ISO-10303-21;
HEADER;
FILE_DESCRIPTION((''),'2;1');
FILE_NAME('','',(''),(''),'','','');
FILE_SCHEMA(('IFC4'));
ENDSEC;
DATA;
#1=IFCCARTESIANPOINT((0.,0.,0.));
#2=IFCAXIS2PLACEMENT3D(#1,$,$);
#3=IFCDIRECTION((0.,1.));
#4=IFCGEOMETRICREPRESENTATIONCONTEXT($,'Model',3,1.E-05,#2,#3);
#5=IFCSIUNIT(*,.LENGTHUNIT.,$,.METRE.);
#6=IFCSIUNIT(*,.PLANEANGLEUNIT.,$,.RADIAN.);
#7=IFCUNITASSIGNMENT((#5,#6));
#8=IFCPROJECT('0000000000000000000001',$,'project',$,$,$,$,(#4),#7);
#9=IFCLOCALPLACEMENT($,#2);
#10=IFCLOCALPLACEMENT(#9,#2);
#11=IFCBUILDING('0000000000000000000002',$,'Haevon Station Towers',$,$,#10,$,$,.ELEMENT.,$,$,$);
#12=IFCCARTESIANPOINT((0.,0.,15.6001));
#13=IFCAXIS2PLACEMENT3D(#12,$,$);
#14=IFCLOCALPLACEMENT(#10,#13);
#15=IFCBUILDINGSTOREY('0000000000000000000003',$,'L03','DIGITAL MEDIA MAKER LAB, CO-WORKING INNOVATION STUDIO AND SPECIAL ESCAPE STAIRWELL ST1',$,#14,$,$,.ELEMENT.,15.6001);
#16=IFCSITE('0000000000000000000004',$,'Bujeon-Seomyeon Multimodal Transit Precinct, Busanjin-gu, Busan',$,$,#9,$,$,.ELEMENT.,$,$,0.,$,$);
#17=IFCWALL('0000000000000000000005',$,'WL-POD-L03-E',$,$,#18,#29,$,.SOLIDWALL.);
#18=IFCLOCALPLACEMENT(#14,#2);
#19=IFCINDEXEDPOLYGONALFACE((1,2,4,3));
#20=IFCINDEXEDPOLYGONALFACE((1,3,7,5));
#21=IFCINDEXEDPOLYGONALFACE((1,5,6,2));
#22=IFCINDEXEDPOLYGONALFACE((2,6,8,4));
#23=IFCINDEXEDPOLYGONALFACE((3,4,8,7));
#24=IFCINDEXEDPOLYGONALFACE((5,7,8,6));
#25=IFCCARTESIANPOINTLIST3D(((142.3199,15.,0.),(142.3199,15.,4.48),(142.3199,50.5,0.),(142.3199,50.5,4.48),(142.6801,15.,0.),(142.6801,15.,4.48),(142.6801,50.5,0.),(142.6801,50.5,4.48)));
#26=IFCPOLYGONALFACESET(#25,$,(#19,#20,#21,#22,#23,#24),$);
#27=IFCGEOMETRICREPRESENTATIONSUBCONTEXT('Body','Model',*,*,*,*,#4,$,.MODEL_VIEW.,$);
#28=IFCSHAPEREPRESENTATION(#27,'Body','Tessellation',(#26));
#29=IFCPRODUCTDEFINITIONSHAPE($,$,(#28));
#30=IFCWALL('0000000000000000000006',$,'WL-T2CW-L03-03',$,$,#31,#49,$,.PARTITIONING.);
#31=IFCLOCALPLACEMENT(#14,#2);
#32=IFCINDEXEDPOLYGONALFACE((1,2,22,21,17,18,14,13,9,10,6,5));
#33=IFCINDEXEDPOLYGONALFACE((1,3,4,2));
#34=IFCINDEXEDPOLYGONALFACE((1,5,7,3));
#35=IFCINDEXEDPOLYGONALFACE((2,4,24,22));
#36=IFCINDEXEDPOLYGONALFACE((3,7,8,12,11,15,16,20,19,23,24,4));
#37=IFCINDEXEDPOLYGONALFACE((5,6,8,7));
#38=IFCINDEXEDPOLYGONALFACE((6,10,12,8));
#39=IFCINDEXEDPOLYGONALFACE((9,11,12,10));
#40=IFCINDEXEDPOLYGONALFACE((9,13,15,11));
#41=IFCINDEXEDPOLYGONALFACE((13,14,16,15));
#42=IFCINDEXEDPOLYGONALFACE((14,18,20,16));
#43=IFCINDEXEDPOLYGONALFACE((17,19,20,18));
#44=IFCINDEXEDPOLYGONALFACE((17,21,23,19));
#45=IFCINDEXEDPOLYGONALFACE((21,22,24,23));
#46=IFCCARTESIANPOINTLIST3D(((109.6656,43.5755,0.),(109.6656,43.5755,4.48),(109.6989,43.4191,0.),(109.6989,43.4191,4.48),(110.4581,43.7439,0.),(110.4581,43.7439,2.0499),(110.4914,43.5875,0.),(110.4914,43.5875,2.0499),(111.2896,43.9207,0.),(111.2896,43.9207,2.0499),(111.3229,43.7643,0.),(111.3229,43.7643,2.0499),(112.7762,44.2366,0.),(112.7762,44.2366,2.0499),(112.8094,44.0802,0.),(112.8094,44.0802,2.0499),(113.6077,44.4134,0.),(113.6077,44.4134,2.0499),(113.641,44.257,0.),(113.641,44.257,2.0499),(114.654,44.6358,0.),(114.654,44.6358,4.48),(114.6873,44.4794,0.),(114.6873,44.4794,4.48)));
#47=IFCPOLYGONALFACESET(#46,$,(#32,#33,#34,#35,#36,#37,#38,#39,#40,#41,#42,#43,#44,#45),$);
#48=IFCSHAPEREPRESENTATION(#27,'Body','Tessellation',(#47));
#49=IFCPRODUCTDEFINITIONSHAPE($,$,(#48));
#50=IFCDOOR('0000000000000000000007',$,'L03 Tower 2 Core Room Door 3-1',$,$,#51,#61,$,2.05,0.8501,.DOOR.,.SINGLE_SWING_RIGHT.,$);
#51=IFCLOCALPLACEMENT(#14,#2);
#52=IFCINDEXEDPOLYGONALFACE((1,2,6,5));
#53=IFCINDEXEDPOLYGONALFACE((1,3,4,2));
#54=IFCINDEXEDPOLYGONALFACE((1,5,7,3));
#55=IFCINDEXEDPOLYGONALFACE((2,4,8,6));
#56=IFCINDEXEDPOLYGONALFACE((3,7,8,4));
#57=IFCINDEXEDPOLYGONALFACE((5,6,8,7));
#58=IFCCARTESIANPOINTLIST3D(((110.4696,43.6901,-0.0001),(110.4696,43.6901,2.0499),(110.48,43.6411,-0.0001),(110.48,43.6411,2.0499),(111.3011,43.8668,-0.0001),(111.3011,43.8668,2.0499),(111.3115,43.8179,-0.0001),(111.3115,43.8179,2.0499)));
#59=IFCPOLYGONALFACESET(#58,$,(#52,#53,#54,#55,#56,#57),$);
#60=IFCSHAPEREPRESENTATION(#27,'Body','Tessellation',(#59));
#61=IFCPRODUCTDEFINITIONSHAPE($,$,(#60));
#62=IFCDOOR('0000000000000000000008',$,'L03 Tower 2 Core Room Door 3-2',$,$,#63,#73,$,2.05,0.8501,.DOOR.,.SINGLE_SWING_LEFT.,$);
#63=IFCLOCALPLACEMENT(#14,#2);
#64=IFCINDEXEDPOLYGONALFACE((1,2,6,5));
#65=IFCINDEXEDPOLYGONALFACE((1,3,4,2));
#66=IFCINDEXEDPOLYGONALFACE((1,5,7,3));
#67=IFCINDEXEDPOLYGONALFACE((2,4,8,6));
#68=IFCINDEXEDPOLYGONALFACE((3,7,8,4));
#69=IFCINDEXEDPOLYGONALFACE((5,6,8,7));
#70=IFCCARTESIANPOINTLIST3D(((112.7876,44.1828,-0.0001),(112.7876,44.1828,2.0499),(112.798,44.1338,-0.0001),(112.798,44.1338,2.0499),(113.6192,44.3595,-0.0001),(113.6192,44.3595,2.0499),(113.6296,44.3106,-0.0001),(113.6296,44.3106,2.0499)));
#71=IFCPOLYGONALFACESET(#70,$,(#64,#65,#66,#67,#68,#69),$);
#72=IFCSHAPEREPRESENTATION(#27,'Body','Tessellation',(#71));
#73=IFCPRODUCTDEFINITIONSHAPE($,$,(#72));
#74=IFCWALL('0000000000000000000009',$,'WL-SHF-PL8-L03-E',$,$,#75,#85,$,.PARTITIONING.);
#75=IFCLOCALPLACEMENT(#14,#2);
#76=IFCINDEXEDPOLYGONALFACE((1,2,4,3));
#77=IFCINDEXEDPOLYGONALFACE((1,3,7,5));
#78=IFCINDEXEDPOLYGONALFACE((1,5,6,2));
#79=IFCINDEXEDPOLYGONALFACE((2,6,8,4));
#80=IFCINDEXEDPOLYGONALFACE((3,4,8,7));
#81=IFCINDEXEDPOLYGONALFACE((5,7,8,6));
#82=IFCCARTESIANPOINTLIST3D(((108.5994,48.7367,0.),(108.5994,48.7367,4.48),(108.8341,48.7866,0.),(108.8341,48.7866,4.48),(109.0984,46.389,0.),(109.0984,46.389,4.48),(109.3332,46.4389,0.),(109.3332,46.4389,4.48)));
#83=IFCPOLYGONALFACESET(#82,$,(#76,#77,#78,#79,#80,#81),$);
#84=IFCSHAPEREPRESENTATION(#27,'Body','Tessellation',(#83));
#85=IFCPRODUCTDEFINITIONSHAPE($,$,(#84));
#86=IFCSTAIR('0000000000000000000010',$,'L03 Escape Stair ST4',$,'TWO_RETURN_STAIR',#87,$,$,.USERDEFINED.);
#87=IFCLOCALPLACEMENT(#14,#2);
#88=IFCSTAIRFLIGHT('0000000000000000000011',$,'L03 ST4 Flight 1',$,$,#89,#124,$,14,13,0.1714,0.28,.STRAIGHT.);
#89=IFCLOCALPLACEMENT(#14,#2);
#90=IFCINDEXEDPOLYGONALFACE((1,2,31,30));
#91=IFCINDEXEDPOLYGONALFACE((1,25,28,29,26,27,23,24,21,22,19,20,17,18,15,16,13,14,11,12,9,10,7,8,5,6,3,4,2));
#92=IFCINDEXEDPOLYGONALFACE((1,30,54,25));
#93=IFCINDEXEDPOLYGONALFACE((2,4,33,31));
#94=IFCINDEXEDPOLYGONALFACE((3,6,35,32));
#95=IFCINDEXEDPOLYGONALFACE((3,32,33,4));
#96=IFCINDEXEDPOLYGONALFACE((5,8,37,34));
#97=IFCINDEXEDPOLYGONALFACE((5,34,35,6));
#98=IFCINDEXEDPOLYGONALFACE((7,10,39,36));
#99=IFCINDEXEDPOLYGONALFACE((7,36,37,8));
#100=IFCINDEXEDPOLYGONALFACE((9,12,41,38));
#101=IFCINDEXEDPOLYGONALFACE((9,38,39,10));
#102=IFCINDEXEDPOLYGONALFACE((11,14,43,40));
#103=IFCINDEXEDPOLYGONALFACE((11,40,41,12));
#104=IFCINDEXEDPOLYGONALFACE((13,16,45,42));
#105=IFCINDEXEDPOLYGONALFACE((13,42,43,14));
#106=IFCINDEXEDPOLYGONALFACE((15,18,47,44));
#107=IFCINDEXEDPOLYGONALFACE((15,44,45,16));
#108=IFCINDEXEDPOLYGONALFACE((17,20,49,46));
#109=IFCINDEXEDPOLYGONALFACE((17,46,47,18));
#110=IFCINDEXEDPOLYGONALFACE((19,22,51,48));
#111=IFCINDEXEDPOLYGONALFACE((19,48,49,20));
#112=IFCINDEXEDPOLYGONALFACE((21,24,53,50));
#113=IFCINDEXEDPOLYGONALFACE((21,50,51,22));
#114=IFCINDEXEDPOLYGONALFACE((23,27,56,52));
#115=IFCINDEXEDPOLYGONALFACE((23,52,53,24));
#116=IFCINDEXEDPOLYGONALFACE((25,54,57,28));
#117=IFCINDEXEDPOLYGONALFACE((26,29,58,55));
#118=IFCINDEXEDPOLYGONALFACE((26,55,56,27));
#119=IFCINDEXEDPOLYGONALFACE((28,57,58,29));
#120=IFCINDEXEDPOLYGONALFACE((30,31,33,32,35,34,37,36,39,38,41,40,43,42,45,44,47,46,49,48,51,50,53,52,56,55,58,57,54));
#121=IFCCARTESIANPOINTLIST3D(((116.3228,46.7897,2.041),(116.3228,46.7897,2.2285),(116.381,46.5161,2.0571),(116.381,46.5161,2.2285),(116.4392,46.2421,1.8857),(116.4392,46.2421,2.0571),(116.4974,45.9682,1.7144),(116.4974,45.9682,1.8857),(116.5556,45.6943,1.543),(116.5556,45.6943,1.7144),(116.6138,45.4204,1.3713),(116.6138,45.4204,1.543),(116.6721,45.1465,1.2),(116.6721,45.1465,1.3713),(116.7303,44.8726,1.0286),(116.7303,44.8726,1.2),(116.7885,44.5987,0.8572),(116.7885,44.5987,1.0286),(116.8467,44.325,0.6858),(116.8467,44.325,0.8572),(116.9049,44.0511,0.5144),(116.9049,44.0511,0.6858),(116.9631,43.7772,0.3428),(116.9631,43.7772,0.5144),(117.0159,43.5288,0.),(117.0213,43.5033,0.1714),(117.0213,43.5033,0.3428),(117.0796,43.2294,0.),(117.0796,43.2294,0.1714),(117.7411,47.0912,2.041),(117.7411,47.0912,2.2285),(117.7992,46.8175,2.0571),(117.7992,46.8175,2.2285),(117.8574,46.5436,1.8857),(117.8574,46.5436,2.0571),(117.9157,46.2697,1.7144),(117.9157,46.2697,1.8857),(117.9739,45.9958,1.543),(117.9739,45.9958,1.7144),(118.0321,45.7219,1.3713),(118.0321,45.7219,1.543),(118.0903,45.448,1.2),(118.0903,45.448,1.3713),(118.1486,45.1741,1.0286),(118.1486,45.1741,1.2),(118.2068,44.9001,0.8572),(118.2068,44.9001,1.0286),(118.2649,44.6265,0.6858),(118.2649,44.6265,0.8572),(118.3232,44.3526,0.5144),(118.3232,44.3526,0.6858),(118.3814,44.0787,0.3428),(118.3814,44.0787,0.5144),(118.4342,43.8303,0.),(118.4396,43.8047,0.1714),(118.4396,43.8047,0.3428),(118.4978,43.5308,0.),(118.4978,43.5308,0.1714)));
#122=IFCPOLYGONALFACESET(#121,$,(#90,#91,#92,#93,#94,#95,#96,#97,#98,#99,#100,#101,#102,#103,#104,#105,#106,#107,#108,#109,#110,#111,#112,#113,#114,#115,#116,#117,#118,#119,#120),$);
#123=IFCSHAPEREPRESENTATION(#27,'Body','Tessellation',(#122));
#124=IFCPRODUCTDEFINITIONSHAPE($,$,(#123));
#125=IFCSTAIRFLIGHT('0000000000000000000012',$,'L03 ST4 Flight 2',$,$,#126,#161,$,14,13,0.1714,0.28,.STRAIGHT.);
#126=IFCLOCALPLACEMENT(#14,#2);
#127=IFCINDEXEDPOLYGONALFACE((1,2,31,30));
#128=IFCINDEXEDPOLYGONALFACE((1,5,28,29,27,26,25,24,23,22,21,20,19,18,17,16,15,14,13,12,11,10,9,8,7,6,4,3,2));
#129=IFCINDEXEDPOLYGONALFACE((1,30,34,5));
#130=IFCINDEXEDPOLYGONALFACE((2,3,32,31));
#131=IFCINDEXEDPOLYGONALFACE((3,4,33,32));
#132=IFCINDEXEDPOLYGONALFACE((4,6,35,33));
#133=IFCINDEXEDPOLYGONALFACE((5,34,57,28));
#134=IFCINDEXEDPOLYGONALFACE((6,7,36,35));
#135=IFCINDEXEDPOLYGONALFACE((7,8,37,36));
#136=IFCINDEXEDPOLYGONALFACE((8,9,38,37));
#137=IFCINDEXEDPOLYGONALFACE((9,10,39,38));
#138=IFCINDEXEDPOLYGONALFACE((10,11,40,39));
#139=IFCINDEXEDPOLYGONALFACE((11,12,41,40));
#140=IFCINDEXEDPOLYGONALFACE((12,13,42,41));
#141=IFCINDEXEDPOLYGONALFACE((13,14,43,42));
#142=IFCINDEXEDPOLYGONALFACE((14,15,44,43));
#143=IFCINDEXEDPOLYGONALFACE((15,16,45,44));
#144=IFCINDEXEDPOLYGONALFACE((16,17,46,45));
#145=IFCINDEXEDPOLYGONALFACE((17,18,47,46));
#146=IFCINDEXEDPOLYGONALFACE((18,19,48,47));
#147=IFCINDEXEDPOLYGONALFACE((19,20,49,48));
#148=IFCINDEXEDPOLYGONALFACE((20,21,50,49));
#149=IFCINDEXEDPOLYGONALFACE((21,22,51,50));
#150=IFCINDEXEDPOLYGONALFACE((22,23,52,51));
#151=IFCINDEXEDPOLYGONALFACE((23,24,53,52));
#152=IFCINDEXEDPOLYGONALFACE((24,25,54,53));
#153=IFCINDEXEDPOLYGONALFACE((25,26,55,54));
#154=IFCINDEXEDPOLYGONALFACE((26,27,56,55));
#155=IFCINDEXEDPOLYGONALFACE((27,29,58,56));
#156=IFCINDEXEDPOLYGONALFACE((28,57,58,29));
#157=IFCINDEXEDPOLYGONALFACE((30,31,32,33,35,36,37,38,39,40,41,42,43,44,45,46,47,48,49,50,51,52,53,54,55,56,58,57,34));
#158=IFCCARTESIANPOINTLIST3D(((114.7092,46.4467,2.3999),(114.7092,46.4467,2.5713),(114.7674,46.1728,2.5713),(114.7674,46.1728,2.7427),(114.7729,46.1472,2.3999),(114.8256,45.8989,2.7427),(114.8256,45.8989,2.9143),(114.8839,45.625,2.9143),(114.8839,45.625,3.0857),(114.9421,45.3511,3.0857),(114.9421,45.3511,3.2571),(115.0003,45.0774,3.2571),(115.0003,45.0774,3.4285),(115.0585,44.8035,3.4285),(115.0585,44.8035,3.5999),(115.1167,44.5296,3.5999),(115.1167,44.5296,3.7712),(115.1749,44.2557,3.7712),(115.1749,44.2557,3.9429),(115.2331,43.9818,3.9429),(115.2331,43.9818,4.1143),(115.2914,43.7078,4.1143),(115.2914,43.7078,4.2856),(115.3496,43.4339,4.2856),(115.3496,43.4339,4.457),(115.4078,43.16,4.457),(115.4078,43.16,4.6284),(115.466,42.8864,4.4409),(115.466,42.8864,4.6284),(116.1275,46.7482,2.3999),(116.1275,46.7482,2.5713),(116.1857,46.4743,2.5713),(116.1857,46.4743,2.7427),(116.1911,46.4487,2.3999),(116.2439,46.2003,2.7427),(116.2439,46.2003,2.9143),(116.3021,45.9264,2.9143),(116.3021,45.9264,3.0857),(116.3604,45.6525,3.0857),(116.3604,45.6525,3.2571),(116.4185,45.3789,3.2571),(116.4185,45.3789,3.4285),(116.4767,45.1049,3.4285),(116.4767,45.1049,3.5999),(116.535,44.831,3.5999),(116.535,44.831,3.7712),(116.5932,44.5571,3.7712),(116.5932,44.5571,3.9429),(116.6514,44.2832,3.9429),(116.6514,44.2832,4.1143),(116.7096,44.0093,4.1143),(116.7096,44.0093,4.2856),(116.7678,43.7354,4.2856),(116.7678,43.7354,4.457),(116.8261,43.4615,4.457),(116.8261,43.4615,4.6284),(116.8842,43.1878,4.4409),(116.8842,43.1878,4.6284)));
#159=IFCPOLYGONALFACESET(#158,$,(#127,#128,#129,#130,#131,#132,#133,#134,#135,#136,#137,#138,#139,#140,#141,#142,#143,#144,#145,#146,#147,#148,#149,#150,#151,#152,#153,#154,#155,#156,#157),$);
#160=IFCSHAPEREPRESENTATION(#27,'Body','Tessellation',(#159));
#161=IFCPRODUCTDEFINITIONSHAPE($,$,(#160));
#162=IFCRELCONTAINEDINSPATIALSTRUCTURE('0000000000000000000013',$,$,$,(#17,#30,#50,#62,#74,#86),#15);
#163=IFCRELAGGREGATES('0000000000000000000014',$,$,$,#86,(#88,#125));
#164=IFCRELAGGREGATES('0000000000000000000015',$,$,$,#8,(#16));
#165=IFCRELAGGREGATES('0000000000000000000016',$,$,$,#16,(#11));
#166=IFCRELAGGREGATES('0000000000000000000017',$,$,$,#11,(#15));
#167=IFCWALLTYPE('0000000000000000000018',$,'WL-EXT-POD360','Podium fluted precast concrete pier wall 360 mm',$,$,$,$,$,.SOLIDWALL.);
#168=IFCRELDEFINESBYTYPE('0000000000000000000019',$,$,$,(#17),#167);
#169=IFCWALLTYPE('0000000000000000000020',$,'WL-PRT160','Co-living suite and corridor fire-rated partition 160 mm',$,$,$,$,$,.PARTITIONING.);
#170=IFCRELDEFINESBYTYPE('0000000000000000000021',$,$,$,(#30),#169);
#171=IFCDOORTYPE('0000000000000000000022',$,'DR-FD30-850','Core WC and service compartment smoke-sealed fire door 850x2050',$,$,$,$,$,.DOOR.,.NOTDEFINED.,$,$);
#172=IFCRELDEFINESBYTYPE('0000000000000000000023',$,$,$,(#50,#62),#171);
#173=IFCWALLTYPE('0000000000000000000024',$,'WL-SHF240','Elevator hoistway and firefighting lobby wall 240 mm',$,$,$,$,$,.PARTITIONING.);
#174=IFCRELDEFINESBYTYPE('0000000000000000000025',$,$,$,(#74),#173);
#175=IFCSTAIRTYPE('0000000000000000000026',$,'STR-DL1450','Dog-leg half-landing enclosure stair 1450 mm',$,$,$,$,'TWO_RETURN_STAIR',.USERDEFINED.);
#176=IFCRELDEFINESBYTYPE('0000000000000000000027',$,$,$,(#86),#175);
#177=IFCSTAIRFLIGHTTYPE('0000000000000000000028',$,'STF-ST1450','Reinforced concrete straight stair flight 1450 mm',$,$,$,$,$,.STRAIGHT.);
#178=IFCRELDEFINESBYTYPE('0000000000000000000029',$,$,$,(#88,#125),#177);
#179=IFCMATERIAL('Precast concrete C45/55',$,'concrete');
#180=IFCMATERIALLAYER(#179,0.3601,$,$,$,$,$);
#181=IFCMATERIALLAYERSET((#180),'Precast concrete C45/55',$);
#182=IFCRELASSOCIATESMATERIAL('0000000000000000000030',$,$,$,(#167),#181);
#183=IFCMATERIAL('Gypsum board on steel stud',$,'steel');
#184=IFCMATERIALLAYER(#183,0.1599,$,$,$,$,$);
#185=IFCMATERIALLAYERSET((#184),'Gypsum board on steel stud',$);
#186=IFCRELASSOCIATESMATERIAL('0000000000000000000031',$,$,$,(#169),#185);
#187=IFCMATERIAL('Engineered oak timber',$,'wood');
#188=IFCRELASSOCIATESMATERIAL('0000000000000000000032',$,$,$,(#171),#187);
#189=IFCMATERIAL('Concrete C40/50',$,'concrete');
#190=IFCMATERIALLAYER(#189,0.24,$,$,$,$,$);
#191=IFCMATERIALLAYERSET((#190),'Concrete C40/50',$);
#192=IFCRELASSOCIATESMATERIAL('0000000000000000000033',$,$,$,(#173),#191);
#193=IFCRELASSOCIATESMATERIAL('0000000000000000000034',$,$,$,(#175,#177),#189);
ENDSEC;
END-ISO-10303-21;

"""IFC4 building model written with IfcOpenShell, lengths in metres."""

from ifc_helpers import new_model, si_unit, direction, frame, frame_2d, origin, place, context, subcontext, project, spatial, polyline, rectangle, outline, extrude, material, layer, layer_set, type_object, element, fill, aggregate, save


model = new_model("IFC4")

# Units and contexts
model_context = context("Model", 3, precision=1e-05, world=origin(), true_north=direction((0.0, 1.0)))
body_context = subcontext(model_context, "Body", "Model", "MODEL_VIEW")
ifc_project = project(units=[si_unit("LENGTHUNIT", "METRE"), si_unit("PLANEANGLEUNIT", "RADIAN")], contexts=[model_context])

# Site, building, storey
site_placement = place(None, origin())
site = spatial("IfcSite", under=ifc_project, at=site_placement, Name="Bujeon-Seomyeon Multimodal Transit Precinct, Busanjin-gu, Busan", CompositionType="ELEMENT", RefElevation=0.0)
building_placement = place(site_placement, origin())
building = spatial("IfcBuilding", under=site, at=building_placement, Name="Haevon Station Towers", CompositionType="ELEMENT")
storey_placement = place(building_placement, frame((0.0, 0.0, 15.6001)))
storey = spatial("IfcBuildingStorey", under=building, at=storey_placement, Name="L03", Description="DIGITAL MEDIA MAKER LAB, CO-WORKING INNOVATION STUDIO AND SPECIAL ESCAPE STAIRWELL ST1", CompositionType="ELEMENT", Elevation=15.6001)

# Wall
ifc_material_1 = material(Name="Precast concrete C45/55", Category="concrete")
ifc_layer_1 = layer(ifc_material_1, 0.3601)
ifc_layer_set_1 = layer_set([ifc_layer_1], Name="Precast concrete C45/55")
wall_type_1 = type_object("IfcWallType", Name="WL-EXT-POD360", Description="Podium fluted precast concrete pier wall 360 mm", PredefinedType="SOLIDWALL", material=ifc_layer_set_1)
wall_1_placement = place(storey_placement, frame((142.5, 50.5, 0.0), z_axis=(0.0, 0.0, 1.0), x_axis=(0.0, -1.0, 0.0)))
element("IfcWall", 1, at=wall_1_placement, inside=storey, type_object=wall_type_1, Name="WL-POD-L03-E", PredefinedType="SOLIDWALL", context=body_context, shape_type="SweptSolid", body=[
    extrude(rectangle(XDim=35.5, YDim=0.3601, at=frame_2d((17.75, 0.0))), origin(), (0.0, 0.0, 1.0), 4.48),
])

# Wall, openings, doors
ifc_material_2 = material(Name="Gypsum board on steel stud", Category="steel")
ifc_layer_2 = layer(ifc_material_2, 0.1599)
ifc_layer_set_2 = layer_set([ifc_layer_2], Name="Gypsum board on steel stud")
wall_type_2 = type_object("IfcWallType", Name="WL-PRT160", Description="Co-living suite and corridor fire-rated partition 160 mm", PredefinedType="PARTITIONING", material=ifc_layer_set_2)
wall_2_placement = place(storey_placement, frame((109.6824, 43.4973, 0.0), z_axis=(0.0, 0.0, 1.0), x_axis=(0.978149, 0.207904, 0.0)))
wall_2 = element("IfcWall", 2, at=wall_2_placement, inside=storey, type_object=wall_type_2, Name="WL-T2CW-L03-03", PredefinedType="PARTITIONING", context=body_context, shape_type="SweptSolid", body=[
    extrude(rectangle(XDim=5.0999, YDim=0.1599, at=frame_2d((2.5498, 0.0))), origin(), (0.0, 0.0, 1.0), 4.48),
])
opening_1_placement = place(wall_2_placement, frame((0.8101, 0.0, 0.0)))
opening_1 = element("IfcOpeningElement", 3, at=opening_1_placement, cuts=wall_2, PredefinedType="OPENING", context=body_context, shape_type="SweptSolid", body=[
    extrude(rectangle(XDim=0.8501, YDim=2.05, at=frame_2d((0.425, 1.0249))), frame((0.0, 0.0898, 0.0), z_axis=(0.0, -1.0, 0.0), x_axis=(1.0, 0.0, 0.0)), (0.0, 0.0, 1.0), 0.1799),
])
opening_2_placement = place(wall_2_placement, frame((3.1799, 0.0, 0.0)))
opening_2 = element("IfcOpeningElement", 4, at=opening_2_placement, cuts=wall_2, PredefinedType="OPENING", context=body_context, shape_type="SweptSolid", body=[
    extrude(rectangle(XDim=0.8501, YDim=2.05, at=frame_2d((0.425, 1.0249))), frame((0.0, 0.0898, 0.0), z_axis=(0.0, -1.0, 0.0), x_axis=(1.0, 0.0, 0.0)), (0.0, 0.0, 1.0), 0.1799),
])
ifc_material_3 = material(Name="Engineered oak timber", Category="wood")
door_type = type_object("IfcDoorType", Name="DR-FD30-850", Description="Core WC and service compartment smoke-sealed fire door 850x2050", OperationType="NOTDEFINED", PredefinedType="DOOR", material=ifc_material_3)
door_1_placement = place(opening_1_placement, origin())
door_1 = element("IfcDoor", 5, at=door_1_placement, inside=storey, type_object=door_type, Name="L03 Tower 2 Core Room Door 3-1", OperationType="SINGLE_SWING_RIGHT", OverallHeight=2.05, OverallWidth=0.8501, PredefinedType="DOOR", context=body_context, shape_type="SweptSolid", body=[
    extrude(rectangle(XDim=0.8501, YDim=2.05, at=frame_2d((0.425, 1.0249))), frame((0.0, 0.0249, 0.0), z_axis=(0.0, -1.0, 0.0), x_axis=(1.0, 0.0, 0.0)), (0.0, 0.0, 1.0), 0.05),
])
fill(opening_1, door_1)
door_2_placement = place(opening_2_placement, origin())
door_2 = element("IfcDoor", 6, at=door_2_placement, inside=storey, type_object=door_type, Name="L03 Tower 2 Core Room Door 3-2", OperationType="SINGLE_SWING_LEFT", OverallHeight=2.05, OverallWidth=0.8501, PredefinedType="DOOR", context=body_context, shape_type="SweptSolid", body=[
    extrude(rectangle(XDim=0.8501, YDim=2.05, at=frame_2d((0.425, 1.0249))), frame((0.0, 0.0249, 0.0), z_axis=(0.0, -1.0, 0.0), x_axis=(1.0, 0.0, 0.0)), (0.0, 0.0, 1.0), 0.05),
])
fill(opening_2, door_2)

# Wall
ifc_material_4 = material(Name="Concrete C40/50", Category="concrete")
ifc_layer_3 = layer(ifc_material_4, 0.24)
ifc_layer_set_3 = layer_set([ifc_layer_3], Name="Concrete C40/50")
wall_type_3 = type_object("IfcWallType", Name="WL-SHF240", Description="Elevator hoistway and firefighting lobby wall 240 mm", PredefinedType="PARTITIONING", material=ifc_layer_set_3)
wall_3_placement = place(storey_placement, frame((109.2158, 46.4138, 0.0), z_axis=(0.0, 0.0, 1.0), x_axis=(-0.207917, 0.978146, 0.0)))
element("IfcWall", 7, at=wall_3_placement, inside=storey, type_object=wall_type_3, Name="WL-SHF-PL8-L03-E", PredefinedType="PARTITIONING", context=body_context, shape_type="SweptSolid", body=[
    extrude(rectangle(XDim=2.4001, YDim=0.24, at=frame_2d((1.2002, 0.0))), origin(), (0.0, 0.0, 1.0), 4.48),
])

# Stair, stair flights
stair_type = type_object("IfcStairType", Name="STR-DL1450", Description="Dog-leg half-landing enclosure stair 1450 mm", ElementType="TWO_RETURN_STAIR", PredefinedType="USERDEFINED", material=ifc_material_4)
stair_placement = place(storey_placement, origin())
stair = element("IfcStair", 8, at=stair_placement, inside=storey, type_object=stair_type, Name="L03 Escape Stair ST4", ObjectType="TWO_RETURN_STAIR", PredefinedType="USERDEFINED")
stair_flight_type = type_object("IfcStairFlightType", Name="STF-ST1450", Description="Reinforced concrete straight stair flight 1450 mm", PredefinedType="STRAIGHT", material=ifc_material_4)
stair_flight_1_placement = place(storey_placement, frame((117.7888, 43.3801, 0.0), z_axis=(0.0, 0.0, 1.0), x_axis=(-0.207912, 0.978148, 0.0)))
stair_flight_1 = element("IfcStairFlight", 9, at=stair_flight_1_placement, type_object=stair_flight_type, Name="L03 ST4 Flight 1", NumberOfRisers=14, NumberOfTreads=13, PredefinedType="STRAIGHT", RiserHeight=0.1714, TreadLength=0.28, context=body_context, shape_type="SweptSolid", body=[
    extrude(outline(polyline([(0.0, 0.0), (0.0, 0.1714), (0.28, 0.1714), (0.28, 0.3428), (0.5601, 0.3428), (0.5601, 0.5144), (0.8401, 0.5144), (0.8401, 0.6858), (1.1201, 0.6858), (1.1201, 0.8572), (1.3999, 0.8572), (1.3999, 1.0286), (1.6799, 1.0286), (1.6799, 1.2), (1.96, 1.2), (1.96, 1.3713), (2.24, 1.3713), (2.24, 1.543), (2.52, 1.543), (2.52, 1.7144), (2.8, 1.7144), (2.8, 1.8857), (3.0801, 1.8857), (3.0801, 2.0571), (3.3601, 2.0571), (3.3601, 2.2285), (3.6399, 2.2285), (3.6399, 2.3999), (3.6399, 2.041), (0.3062, 0.0), (0.0, 0.0)])), frame((0.0, 0.7251, 0.0), z_axis=(0.0, -1.0, 0.0), x_axis=(1.0, 0.0, 0.0)), (0.0, 0.0, 1.0), 1.45),
])
stair_flight_2_placement = place(storey_placement, frame((115.4182, 46.5974, 2.3999), z_axis=(0.0, 0.0, 1.0), x_axis=(0.207912, -0.978148, 0.0)))
stair_flight_2 = element("IfcStairFlight", 10, at=stair_flight_2_placement, type_object=stair_flight_type, Name="L03 ST4 Flight 2", NumberOfRisers=14, NumberOfTreads=13, PredefinedType="STRAIGHT", RiserHeight=0.1714, TreadLength=0.28, context=body_context, shape_type="SweptSolid", body=[
    extrude(outline(polyline([(0.0, 0.0), (0.0, 0.1714), (0.28, 0.1714), (0.28, 0.3428), (0.5601, 0.3428), (0.5601, 0.5144), (0.8401, 0.5144), (0.8401, 0.6858), (1.1201, 0.6858), (1.1201, 0.8572), (1.3999, 0.8572), (1.3999, 1.0286), (1.6799, 1.0286), (1.6799, 1.2), (1.96, 1.2), (1.96, 1.3713), (2.24, 1.3713), (2.24, 1.543), (2.52, 1.543), (2.52, 1.7144), (2.8, 1.7144), (2.8, 1.8857), (3.0801, 1.8857), (3.0801, 2.0571), (3.3601, 2.0571), (3.3601, 2.2285), (3.6399, 2.2285), (3.6399, 2.3999), (3.6399, 2.041), (0.3062, 0.0), (0.0, 0.0)])), frame((0.0, 0.7251, 0.0), z_axis=(0.0, -1.0, 0.0), x_axis=(1.0, 0.0, 0.0)), (0.0, 0.0, 1.0), 1.45),
])
aggregate(stair, [stair_flight_1, stair_flight_2])

save(model, "model.ifc")
